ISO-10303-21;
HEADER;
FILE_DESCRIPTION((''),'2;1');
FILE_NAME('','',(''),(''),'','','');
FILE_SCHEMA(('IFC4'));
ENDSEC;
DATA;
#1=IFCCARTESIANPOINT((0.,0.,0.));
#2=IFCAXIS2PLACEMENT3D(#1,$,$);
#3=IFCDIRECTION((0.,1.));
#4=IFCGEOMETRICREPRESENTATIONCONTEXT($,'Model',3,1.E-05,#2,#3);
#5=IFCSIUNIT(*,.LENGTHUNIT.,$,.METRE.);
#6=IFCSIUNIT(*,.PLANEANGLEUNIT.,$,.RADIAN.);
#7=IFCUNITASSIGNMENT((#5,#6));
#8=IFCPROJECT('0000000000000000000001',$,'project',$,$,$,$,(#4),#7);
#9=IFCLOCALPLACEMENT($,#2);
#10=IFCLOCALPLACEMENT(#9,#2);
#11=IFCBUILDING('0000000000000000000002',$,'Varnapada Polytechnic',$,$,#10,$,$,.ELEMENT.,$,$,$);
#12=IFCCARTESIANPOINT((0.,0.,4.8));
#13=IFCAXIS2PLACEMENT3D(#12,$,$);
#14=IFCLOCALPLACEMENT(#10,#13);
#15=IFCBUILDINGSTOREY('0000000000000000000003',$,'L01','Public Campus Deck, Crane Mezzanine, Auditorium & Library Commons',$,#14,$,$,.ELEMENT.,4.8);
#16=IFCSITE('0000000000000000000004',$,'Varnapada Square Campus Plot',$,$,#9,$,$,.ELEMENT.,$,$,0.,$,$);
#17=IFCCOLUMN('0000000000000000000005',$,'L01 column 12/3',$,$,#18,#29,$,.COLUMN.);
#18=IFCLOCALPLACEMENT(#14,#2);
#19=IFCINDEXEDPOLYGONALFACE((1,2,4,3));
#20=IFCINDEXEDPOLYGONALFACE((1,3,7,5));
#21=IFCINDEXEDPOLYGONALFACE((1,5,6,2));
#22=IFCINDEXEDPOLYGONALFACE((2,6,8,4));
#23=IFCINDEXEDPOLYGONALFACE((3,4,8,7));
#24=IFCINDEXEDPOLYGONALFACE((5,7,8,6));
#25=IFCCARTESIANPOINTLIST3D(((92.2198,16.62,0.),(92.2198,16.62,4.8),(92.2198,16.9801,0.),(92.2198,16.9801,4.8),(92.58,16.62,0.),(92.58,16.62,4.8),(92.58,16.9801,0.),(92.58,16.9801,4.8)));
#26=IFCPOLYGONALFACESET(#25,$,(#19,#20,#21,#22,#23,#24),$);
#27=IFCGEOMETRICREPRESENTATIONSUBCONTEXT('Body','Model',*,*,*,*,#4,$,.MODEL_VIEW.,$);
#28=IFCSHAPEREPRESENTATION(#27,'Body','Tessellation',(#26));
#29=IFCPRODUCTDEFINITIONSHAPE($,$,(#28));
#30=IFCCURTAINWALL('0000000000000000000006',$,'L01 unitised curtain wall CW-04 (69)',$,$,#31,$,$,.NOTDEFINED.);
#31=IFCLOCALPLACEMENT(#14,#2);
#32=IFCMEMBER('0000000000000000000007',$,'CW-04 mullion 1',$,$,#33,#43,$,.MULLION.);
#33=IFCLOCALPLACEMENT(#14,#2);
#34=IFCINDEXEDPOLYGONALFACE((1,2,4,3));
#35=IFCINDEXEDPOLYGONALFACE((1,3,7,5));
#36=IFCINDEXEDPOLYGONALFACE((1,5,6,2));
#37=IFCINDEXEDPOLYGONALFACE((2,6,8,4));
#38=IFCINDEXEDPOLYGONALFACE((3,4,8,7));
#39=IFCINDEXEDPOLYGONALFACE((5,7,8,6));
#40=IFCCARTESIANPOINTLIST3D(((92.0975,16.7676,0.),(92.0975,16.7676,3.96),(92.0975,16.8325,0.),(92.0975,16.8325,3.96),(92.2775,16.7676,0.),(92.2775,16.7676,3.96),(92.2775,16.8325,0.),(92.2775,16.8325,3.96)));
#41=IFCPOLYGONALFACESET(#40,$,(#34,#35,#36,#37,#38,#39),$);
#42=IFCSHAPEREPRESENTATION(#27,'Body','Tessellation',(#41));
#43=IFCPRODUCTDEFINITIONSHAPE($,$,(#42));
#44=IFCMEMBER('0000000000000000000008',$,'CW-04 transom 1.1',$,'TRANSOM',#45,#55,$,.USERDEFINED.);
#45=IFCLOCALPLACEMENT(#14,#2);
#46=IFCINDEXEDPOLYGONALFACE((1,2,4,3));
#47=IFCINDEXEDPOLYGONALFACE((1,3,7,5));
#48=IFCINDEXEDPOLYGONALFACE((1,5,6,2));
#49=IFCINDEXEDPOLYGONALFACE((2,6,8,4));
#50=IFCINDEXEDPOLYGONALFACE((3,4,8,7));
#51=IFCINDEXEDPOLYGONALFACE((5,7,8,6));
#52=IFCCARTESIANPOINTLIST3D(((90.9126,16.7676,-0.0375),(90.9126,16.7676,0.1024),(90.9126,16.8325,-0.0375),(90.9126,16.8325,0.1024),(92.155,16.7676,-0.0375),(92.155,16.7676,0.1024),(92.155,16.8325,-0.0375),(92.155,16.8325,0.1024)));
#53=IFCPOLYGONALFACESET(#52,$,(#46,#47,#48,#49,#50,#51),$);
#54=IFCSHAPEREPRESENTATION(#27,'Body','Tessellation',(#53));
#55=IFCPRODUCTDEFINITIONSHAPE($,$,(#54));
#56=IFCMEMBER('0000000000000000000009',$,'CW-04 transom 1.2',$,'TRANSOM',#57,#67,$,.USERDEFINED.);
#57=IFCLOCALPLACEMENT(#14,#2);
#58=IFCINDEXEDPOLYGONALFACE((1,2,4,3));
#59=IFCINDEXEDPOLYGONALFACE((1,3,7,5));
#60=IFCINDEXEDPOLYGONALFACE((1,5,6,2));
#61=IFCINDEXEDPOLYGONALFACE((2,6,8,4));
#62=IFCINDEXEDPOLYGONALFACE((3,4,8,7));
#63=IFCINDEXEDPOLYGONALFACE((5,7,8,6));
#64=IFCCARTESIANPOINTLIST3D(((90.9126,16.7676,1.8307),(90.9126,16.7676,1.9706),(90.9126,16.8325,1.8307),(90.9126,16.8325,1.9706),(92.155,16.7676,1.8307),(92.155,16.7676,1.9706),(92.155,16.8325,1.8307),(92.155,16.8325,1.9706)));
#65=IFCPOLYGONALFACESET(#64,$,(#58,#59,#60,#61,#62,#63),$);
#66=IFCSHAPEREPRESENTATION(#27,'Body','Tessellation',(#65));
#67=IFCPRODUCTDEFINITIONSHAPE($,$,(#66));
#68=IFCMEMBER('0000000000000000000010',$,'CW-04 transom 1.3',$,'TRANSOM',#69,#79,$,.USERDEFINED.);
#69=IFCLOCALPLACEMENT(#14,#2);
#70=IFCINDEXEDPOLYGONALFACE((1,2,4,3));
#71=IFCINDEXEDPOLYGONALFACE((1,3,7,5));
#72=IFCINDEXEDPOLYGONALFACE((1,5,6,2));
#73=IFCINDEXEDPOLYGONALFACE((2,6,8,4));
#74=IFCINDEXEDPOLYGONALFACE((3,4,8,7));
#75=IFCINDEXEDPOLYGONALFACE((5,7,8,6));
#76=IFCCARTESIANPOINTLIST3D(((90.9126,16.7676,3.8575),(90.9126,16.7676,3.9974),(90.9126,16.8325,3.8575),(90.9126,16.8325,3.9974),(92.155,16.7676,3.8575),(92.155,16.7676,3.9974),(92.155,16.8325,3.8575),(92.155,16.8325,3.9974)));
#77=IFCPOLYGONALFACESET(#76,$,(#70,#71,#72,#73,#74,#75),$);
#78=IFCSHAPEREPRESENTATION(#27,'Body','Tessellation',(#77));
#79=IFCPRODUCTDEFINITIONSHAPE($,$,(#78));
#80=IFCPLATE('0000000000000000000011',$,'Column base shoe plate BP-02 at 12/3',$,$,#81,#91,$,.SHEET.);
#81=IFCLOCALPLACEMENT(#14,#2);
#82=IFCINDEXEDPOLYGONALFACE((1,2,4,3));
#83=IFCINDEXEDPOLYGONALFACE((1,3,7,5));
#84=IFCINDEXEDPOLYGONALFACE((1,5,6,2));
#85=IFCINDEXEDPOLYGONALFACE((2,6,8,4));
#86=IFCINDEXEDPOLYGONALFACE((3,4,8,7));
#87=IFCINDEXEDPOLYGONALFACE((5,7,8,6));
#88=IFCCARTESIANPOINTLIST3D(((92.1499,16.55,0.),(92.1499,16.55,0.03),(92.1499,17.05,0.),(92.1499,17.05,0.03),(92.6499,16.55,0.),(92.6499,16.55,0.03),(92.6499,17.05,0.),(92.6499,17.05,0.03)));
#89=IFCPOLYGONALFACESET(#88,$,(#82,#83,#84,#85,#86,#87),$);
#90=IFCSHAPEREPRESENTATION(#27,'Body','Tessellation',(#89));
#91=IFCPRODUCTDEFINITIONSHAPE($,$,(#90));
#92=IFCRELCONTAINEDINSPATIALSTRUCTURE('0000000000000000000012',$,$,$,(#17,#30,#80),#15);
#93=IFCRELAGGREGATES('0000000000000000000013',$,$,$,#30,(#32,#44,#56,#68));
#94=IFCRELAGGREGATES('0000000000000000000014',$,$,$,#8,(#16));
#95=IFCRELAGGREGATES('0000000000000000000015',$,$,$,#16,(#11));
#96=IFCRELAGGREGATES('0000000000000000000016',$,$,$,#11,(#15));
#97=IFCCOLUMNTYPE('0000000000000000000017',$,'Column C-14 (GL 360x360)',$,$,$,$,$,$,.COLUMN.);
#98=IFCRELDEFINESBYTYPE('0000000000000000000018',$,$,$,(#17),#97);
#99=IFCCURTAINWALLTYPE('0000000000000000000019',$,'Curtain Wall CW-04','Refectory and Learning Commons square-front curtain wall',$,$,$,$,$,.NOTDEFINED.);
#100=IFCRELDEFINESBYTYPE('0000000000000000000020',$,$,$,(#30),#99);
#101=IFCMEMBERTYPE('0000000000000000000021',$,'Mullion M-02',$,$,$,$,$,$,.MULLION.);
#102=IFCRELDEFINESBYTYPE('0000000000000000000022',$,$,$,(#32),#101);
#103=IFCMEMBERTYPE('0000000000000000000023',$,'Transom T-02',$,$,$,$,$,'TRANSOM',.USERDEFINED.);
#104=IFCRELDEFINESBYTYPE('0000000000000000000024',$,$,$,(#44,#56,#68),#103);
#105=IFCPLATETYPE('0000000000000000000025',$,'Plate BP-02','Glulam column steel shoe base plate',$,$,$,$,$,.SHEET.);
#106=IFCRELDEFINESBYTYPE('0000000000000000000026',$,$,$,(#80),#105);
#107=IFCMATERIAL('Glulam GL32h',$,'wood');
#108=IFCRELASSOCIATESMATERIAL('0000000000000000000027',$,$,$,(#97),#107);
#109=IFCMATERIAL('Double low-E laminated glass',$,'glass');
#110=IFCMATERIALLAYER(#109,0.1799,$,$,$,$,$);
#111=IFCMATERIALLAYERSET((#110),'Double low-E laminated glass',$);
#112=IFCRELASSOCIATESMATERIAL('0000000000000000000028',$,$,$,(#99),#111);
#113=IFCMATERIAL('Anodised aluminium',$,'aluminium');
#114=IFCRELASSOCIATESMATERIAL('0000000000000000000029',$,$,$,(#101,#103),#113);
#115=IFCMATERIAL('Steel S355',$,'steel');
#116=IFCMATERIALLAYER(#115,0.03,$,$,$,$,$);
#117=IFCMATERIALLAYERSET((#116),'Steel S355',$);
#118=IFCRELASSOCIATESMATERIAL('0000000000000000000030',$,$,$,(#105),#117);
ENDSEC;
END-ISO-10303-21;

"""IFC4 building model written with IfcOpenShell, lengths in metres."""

from ifc_helpers import new_model, si_unit, direction, frame, origin, origin_2d, place, context, subcontext, project, spatial, rectangle, extrude, material, layer, layer_set, material_profile, profile_set, type_object, element, aggregate, save


model = new_model("IFC4")

# Units and contexts
model_context = context("Model", 3, precision=1e-05, world=origin(), true_north=direction((0.0, 1.0)))
body_context = subcontext(model_context, "Body", "Model", "MODEL_VIEW")
ifc_project = project(units=[si_unit("LENGTHUNIT", "METRE"), si_unit("PLANEANGLEUNIT", "RADIAN")], contexts=[model_context])

# Site, building, storey
site_placement = place(None, origin())
site = spatial("IfcSite", under=ifc_project, at=site_placement, Name="Varnapada Square Campus Plot", CompositionType="ELEMENT", RefElevation=0.0)
building_placement = place(site_placement, origin())
building = spatial("IfcBuilding", under=site, at=building_placement, Name="Varnapada Polytechnic", CompositionType="ELEMENT")
storey_placement = place(building_placement, frame((0.0, 0.0, 4.8)))
storey = spatial("IfcBuildingStorey", under=building, at=storey_placement, Name="L01", Description="Public Campus Deck, Crane Mezzanine, Auditorium & Library Commons", CompositionType="ELEMENT", Elevation=4.8)

# Column
ifc_material_1 = material(Name="Glulam GL32h", Category="wood")
ifc_material_profile_1 = material_profile(ifc_material_1, rectangle(XDim=0.3601, YDim=0.3601, at=origin_2d()), Name="GL 360x360")
ifc_profile_set_1 = profile_set([ifc_material_profile_1], Name="Glulam GL32h")
column_type = type_object("IfcColumnType", Name="Column C-14 (GL 360x360)", PredefinedType="COLUMN", material=ifc_profile_set_1)
column_placement = place(storey_placement, frame((92.3999, 16.8, 0.0), z_axis=(0.0, 0.0, 1.0), x_axis=(1.0, 0.0, 0.0)))
element("IfcColumn", 1, at=column_placement, inside=storey, type_object=column_type, Name="L01 column 12/3", PredefinedType="COLUMN", context=body_context, shape_type="SweptSolid", body=[
    extrude(rectangle(XDim=0.3601, YDim=0.3601, at=origin_2d()), origin(), (0.0, 0.0, 1.0), 4.8),
])

# Curtain wall, members
ifc_material_2 = material(Name="Double low-E laminated glass", Category="glass")
ifc_layer_1 = layer(ifc_material_2, 0.1799)
ifc_layer_set_1 = layer_set([ifc_layer_1], Name="Double low-E laminated glass")
curtain_wall_type = type_object("IfcCurtainWallType", Name="Curtain Wall CW-04", Description="Refectory and Learning Commons square-front curtain wall", PredefinedType="NOTDEFINED", material=ifc_layer_set_1)
curtain_wall_placement = place(storey_placement, origin())
curtain_wall = element("IfcCurtainWall", 2, at=curtain_wall_placement, inside=storey, type_object=curtain_wall_type, Name="L01 unitised curtain wall CW-04 (69)", PredefinedType="NOTDEFINED")
ifc_material_3 = material(Name="Anodised aluminium", Category="aluminium")
ifc_material_profile_2 = material_profile(ifc_material_3, rectangle(XDim=0.0649, YDim=0.1799, at=origin_2d()), Name="ALU M65x180")
ifc_profile_set_2 = profile_set([ifc_material_profile_2], Name="Anodised aluminium")
member_type_1 = type_object("IfcMemberType", Name="Mullion M-02", PredefinedType="MULLION", material=ifc_profile_set_2)
member_1_placement = place(storey_placement, frame((92.1875, 16.8, 0.0), z_axis=(0.0, 0.0, 1.0), x_axis=(0.0, -1.0, 0.0)))
member_1 = element("IfcMember", 3, at=member_1_placement, type_object=member_type_1, Name="CW-04 mullion 1", PredefinedType="MULLION", context=body_context, shape_type="SweptSolid", body=[
    extrude(rectangle(XDim=0.0649, YDim=0.1799, at=origin_2d()), origin(), (0.0, 0.0, 1.0), 3.96),
])
ifc_material_profile_3 = material_profile(ifc_material_3, rectangle(XDim=0.0649, YDim=0.1399, at=origin_2d()), Name="ALU T65x140")
ifc_profile_set_3 = profile_set([ifc_material_profile_3], Name="Anodised aluminium")
member_type_2 = type_object("IfcMemberType", Name="Transom T-02", ElementType="TRANSOM", PredefinedType="USERDEFINED", material=ifc_profile_set_3)
member_2_placement = place(storey_placement, frame((92.155, 16.8, 0.0325), z_axis=(-1.0, 0.0, 0.0), x_axis=(0.0, -1.0, 0.0)))
member_2 = element("IfcMember", 4, at=member_2_placement, type_object=member_type_2, Name="CW-04 transom 1.1", ObjectType="TRANSOM", PredefinedType="USERDEFINED", context=body_context, shape_type="SweptSolid", body=[
    extrude(rectangle(XDim=0.0649, YDim=0.1399, at=origin_2d()), origin(), (0.0, 0.0, 1.0), 1.2424),
])
member_3_placement = place(storey_placement, frame((92.155, 16.8, 1.9006), z_axis=(-1.0, 0.0, 0.0), x_axis=(0.0, -1.0, 0.0)))
member_3 = element("IfcMember", 5, at=member_3_placement, type_object=member_type_2, Name="CW-04 transom 1.2", ObjectType="TRANSOM", PredefinedType="USERDEFINED", context=body_context, shape_type="SweptSolid", body=[
    extrude(rectangle(XDim=0.0649, YDim=0.1399, at=origin_2d()), origin(), (0.0, 0.0, 1.0), 1.2424),
])
member_4_placement = place(storey_placement, frame((92.155, 16.8, 3.9275), z_axis=(-1.0, 0.0, 0.0), x_axis=(0.0, -1.0, 0.0)))
member_4 = element("IfcMember", 6, at=member_4_placement, type_object=member_type_2, Name="CW-04 transom 1.3", ObjectType="TRANSOM", PredefinedType="USERDEFINED", context=body_context, shape_type="SweptSolid", body=[
    extrude(rectangle(XDim=0.0649, YDim=0.1399, at=origin_2d()), origin(), (0.0, 0.0, 1.0), 1.2424),
])
aggregate(curtain_wall, [member_1, member_2, member_3, member_4])

# Plate
ifc_material_4 = material(Name="Steel S355", Category="steel")
ifc_layer_2 = layer(ifc_material_4, 0.03)
ifc_layer_set_2 = layer_set([ifc_layer_2], Name="Steel S355")
plate_type = type_object("IfcPlateType", Name="Plate BP-02", Description="Glulam column steel shoe base plate", PredefinedType="SHEET", material=ifc_layer_set_2)
plate_placement = place(storey_placement, frame((92.3999, 16.8, 0.0), z_axis=(0.0, 0.0, 1.0), x_axis=(1.0, 0.0, 0.0)))
element("IfcPlate", 7, at=plate_placement, inside=storey, type_object=plate_type, Name="Column base shoe plate BP-02 at 12/3", PredefinedType="SHEET", context=body_context, shape_type="SweptSolid", body=[
    extrude(rectangle(XDim=0.5, YDim=0.5, at=origin_2d()), origin(), (0.0, 0.0, 1.0), 0.03),
])

save(model, "model.ifc")
